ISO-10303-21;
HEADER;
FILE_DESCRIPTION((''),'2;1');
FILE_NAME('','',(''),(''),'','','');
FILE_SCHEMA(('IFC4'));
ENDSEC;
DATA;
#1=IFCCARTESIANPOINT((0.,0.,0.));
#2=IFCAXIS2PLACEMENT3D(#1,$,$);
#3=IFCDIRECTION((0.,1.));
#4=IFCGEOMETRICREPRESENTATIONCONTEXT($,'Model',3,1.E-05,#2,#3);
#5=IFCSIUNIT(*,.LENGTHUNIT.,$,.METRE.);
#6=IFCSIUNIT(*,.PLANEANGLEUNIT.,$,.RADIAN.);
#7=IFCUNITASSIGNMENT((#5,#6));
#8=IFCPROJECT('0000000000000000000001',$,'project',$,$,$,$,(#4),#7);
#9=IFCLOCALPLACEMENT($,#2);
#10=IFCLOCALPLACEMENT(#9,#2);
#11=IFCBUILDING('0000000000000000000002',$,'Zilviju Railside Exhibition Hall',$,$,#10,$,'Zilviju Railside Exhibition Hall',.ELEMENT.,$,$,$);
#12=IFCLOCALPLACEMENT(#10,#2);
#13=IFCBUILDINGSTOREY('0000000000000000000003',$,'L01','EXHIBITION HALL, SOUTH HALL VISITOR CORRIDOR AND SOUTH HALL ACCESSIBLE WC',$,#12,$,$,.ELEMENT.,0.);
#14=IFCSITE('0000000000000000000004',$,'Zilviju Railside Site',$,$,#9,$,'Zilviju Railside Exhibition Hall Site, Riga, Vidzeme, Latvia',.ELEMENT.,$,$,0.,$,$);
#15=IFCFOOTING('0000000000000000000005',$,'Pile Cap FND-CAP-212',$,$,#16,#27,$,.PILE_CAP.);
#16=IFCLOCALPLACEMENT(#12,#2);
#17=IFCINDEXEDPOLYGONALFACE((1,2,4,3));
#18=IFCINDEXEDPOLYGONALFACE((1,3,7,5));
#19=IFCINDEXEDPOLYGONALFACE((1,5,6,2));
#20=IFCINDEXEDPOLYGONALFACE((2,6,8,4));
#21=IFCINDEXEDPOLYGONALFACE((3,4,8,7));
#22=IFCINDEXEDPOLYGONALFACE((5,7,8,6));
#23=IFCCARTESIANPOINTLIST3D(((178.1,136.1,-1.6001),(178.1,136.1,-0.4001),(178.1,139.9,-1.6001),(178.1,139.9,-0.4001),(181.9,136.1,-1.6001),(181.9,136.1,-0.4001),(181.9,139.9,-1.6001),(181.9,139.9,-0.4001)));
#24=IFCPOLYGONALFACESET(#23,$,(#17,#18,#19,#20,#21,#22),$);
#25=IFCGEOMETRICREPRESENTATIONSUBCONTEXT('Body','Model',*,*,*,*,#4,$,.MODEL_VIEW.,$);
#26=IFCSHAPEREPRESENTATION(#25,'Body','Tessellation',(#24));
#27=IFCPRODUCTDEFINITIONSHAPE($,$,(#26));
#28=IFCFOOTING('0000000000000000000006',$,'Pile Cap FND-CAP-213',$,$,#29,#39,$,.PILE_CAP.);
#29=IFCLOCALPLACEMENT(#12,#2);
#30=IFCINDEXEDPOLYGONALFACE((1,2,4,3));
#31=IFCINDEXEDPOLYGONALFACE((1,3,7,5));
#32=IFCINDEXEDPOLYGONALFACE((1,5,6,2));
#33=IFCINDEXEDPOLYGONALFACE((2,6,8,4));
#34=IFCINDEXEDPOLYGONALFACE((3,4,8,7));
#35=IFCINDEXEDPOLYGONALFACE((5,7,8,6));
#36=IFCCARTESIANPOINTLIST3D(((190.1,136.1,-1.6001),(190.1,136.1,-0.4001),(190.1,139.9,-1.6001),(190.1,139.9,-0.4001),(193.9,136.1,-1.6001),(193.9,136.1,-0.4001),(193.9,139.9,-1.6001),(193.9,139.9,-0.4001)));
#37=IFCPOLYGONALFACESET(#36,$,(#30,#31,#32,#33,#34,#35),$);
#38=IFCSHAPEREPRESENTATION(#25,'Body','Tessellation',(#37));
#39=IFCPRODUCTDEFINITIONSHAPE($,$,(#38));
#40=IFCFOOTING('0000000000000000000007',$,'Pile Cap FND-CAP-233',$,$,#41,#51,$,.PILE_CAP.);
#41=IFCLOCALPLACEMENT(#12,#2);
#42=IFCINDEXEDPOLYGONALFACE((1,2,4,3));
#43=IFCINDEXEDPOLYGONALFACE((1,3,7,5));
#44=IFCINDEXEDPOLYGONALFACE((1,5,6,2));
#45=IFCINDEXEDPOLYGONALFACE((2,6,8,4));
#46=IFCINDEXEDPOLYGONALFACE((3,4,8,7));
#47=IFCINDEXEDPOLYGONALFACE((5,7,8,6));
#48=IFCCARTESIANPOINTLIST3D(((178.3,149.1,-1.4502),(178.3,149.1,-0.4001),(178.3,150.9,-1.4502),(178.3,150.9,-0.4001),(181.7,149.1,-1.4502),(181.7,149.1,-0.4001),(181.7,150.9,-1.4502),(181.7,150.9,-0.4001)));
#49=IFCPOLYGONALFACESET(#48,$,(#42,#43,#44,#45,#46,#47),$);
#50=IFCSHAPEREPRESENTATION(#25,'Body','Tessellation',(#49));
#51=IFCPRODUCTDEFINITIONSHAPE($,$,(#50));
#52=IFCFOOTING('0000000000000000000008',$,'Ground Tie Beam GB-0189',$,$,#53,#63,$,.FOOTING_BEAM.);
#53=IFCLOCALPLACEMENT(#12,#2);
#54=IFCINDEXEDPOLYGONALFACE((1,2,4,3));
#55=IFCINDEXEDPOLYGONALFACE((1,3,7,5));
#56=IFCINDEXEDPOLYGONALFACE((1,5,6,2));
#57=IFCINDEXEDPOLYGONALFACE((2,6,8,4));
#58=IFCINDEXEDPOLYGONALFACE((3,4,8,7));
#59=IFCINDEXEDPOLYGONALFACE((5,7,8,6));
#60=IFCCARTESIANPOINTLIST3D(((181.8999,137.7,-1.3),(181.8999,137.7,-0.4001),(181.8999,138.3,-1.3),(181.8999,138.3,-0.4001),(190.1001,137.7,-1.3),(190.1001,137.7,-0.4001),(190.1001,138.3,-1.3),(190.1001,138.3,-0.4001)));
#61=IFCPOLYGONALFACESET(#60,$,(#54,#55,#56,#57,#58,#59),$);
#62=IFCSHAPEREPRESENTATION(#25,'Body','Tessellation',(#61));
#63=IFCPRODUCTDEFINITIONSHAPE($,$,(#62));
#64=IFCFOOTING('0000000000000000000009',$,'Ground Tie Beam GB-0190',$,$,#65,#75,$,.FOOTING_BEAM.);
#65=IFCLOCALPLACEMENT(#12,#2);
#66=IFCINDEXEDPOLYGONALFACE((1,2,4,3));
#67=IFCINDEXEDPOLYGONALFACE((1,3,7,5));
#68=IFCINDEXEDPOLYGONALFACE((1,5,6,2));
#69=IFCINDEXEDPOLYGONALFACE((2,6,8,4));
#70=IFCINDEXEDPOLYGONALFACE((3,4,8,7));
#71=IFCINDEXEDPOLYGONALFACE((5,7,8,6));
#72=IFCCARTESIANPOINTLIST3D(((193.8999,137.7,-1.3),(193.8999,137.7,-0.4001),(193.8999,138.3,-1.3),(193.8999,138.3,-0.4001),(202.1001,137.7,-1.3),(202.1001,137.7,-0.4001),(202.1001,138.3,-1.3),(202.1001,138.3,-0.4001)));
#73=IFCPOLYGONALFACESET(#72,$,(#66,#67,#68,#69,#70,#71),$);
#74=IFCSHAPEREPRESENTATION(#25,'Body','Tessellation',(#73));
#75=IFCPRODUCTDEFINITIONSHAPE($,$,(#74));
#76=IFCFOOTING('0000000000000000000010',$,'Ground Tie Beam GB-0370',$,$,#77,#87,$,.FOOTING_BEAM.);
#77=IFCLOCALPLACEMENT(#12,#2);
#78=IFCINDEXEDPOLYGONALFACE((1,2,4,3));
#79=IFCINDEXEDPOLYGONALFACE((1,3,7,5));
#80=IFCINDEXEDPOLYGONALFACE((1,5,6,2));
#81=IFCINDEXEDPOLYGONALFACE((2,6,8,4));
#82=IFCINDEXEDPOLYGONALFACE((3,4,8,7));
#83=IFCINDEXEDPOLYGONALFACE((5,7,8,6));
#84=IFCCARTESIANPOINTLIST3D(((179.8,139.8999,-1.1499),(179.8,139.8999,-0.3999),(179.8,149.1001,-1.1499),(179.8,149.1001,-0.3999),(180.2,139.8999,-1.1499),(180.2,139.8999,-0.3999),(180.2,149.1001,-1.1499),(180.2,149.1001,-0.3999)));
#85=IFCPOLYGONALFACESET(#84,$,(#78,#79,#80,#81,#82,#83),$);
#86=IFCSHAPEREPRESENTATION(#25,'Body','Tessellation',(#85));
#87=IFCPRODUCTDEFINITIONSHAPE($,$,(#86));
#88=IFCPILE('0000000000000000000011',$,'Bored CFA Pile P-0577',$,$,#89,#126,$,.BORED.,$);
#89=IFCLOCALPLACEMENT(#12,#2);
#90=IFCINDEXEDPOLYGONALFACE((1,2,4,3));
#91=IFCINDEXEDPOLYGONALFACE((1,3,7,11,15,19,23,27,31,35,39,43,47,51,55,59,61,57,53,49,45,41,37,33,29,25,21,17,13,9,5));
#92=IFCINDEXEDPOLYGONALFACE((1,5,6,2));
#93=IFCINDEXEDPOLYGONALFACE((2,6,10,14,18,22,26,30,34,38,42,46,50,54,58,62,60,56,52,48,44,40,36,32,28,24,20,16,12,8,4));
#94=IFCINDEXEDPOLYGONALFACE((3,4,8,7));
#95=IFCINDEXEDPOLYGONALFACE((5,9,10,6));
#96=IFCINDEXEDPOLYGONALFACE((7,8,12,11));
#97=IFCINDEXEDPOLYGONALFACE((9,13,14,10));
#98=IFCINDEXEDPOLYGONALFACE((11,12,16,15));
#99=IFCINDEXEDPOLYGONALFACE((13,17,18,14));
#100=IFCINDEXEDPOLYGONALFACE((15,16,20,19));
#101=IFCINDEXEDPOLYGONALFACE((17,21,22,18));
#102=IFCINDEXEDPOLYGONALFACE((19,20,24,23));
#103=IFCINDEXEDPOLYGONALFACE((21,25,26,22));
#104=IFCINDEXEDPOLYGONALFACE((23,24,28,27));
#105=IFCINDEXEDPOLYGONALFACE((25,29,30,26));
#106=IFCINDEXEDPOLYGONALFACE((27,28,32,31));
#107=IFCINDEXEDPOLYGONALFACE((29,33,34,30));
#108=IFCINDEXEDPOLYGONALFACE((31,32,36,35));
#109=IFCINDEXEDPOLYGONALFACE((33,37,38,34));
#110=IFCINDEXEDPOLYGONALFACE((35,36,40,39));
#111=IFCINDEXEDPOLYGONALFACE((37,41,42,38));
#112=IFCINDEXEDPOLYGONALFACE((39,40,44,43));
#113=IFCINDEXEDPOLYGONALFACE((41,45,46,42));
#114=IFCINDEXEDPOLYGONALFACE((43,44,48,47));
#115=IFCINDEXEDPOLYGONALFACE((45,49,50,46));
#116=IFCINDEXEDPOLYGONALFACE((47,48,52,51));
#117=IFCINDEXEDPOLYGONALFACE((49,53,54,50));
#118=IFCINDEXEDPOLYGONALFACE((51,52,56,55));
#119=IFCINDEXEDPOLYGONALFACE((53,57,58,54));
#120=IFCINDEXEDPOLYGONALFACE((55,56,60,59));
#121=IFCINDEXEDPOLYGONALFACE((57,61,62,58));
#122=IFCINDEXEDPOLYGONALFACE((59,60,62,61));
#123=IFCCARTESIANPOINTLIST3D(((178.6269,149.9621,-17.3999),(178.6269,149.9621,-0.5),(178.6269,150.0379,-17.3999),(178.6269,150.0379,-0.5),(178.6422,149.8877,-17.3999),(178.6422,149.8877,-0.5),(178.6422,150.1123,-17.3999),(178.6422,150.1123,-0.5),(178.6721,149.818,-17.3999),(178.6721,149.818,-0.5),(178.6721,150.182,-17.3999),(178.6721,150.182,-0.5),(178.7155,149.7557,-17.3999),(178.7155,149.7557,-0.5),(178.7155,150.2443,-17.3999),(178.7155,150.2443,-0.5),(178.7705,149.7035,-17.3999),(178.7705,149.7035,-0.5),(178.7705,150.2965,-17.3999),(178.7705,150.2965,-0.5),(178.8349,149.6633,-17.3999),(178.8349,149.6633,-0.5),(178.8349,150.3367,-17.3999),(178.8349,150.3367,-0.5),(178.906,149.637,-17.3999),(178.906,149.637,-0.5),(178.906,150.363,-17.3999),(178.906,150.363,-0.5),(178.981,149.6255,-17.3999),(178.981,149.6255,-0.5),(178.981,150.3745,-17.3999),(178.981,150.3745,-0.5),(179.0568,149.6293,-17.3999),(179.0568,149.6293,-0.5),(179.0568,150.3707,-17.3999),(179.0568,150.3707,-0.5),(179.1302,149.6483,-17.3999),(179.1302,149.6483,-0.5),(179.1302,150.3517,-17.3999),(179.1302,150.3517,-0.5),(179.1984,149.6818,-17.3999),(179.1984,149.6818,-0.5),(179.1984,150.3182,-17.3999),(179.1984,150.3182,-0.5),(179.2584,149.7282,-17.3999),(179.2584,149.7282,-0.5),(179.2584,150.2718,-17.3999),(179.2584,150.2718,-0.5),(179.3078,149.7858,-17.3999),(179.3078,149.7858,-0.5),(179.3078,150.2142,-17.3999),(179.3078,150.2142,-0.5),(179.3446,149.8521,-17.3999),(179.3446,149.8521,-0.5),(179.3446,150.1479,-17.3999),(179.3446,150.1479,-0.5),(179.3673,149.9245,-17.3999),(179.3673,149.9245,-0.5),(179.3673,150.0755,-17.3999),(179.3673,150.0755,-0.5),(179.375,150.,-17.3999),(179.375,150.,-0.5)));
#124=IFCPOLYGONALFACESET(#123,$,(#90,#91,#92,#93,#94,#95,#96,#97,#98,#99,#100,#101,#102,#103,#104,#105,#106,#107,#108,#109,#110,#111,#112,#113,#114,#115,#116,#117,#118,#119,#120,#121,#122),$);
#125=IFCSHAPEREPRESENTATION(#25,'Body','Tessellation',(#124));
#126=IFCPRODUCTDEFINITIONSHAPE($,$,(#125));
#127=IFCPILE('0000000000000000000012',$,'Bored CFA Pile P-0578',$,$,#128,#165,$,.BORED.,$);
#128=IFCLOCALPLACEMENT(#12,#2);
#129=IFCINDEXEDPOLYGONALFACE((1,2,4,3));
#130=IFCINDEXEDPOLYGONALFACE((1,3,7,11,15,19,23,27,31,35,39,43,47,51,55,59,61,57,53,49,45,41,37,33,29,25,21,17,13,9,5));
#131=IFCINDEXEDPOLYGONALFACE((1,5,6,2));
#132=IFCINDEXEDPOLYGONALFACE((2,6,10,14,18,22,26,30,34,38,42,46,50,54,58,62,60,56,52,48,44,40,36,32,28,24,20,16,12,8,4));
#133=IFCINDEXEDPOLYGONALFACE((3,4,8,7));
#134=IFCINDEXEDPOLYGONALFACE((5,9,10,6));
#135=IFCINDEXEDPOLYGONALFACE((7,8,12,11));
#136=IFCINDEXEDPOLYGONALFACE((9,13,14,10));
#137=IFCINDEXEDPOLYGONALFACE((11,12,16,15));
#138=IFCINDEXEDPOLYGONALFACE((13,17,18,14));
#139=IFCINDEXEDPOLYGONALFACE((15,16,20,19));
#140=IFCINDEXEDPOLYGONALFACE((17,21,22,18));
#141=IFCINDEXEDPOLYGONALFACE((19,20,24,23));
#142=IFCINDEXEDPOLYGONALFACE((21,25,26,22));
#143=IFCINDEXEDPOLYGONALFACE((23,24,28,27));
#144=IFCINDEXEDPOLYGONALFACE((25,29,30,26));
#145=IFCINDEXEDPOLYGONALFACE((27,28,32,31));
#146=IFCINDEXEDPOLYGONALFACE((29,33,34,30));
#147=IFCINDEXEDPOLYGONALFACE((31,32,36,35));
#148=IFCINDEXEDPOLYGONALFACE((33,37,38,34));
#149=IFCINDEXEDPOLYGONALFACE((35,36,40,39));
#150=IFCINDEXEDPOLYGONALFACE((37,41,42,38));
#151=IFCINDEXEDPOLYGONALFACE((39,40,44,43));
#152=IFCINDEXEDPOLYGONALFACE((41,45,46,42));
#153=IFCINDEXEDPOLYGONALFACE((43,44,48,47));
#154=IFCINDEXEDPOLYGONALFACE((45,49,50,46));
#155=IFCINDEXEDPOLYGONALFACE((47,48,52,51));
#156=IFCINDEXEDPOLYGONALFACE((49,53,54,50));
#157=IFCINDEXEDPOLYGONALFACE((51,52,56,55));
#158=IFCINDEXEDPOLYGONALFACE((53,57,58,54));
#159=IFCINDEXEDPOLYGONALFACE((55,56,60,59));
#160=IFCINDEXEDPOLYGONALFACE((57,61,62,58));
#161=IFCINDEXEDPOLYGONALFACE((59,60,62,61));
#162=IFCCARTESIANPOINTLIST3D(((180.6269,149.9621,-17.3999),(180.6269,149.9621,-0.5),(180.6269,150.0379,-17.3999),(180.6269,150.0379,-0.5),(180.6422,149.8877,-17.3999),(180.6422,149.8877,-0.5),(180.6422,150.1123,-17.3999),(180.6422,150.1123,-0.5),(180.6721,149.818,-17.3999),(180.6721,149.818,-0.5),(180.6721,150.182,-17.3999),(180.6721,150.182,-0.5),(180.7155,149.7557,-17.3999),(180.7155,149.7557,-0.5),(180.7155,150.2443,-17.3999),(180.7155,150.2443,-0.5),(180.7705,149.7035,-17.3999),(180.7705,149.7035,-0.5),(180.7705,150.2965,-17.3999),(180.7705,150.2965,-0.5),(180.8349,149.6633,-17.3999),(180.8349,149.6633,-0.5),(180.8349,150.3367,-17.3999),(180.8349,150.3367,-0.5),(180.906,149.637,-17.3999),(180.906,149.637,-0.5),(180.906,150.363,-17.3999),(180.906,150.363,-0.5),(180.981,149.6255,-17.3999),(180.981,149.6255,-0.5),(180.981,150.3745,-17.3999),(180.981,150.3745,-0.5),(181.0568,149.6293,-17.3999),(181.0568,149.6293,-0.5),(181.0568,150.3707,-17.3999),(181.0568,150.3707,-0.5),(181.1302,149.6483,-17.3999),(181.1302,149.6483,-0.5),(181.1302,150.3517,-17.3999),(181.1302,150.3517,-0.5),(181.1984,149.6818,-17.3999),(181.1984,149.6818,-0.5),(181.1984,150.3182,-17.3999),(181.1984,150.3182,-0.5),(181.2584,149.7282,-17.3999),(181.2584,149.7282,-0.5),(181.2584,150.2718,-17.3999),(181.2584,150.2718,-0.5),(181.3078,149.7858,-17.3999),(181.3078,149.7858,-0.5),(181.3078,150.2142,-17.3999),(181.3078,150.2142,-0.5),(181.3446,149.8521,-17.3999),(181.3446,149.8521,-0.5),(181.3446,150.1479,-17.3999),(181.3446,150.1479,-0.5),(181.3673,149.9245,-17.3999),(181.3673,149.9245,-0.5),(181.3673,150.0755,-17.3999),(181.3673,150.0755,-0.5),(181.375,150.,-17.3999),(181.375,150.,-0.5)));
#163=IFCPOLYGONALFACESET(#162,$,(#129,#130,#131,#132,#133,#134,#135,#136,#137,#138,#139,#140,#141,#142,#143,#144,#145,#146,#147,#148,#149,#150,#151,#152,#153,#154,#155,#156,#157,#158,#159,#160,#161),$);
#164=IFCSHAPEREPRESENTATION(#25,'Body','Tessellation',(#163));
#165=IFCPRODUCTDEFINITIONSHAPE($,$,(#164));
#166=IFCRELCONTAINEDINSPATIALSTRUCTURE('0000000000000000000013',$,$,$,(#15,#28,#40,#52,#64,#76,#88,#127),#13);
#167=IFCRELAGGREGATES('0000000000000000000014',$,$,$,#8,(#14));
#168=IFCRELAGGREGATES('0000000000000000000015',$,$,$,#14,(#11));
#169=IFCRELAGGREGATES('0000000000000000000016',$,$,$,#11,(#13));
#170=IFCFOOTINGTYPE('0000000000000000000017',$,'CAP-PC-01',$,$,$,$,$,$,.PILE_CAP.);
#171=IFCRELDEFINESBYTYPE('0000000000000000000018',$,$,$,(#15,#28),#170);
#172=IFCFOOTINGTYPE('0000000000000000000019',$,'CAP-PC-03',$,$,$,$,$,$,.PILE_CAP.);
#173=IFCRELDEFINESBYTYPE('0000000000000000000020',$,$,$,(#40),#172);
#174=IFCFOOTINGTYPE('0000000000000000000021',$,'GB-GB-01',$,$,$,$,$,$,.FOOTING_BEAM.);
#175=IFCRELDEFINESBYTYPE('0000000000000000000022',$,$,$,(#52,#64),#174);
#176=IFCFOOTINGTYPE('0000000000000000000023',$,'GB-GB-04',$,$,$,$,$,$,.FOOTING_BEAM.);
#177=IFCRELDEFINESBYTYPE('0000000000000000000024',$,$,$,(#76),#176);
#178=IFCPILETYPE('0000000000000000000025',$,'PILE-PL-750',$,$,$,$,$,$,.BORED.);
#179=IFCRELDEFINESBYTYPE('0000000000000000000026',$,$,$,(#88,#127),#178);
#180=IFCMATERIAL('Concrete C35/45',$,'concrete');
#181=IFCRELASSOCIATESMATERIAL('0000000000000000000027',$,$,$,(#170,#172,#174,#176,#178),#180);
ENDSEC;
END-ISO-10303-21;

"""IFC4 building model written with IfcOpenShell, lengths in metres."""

from ifc_helpers import new_model, si_unit, direction, frame, origin, origin_2d, place, context, subcontext, project, spatial, rectangle, circle, extrude, material, material_profile, profile_set, type_object, element, save


model = new_model("IFC4")

# Units and contexts
model_context = context("Model", 3, precision=1e-05, world=origin(), true_north=direction((0.0, 1.0)))
body_context = subcontext(model_context, "Body", "Model", "MODEL_VIEW")
ifc_project = project(units=[si_unit("LENGTHUNIT", "METRE"), si_unit("PLANEANGLEUNIT", "RADIAN")], contexts=[model_context])

# Site, building, storey
site_placement = place(None, origin())
site = spatial("IfcSite", under=ifc_project, at=site_placement, Name="Zilviju Railside Site", LongName="Zilviju Railside Exhibition Hall Site, Riga, Vidzeme, Latvia", CompositionType="ELEMENT", RefElevation=0.0)
building_placement = place(site_placement, origin())
building = spatial("IfcBuilding", under=site, at=building_placement, Name="Zilviju Railside Exhibition Hall", LongName="Zilviju Railside Exhibition Hall", CompositionType="ELEMENT")
storey_placement = place(building_placement, origin())
storey = spatial("IfcBuildingStorey", under=building, at=storey_placement, Name="L01", Description="EXHIBITION HALL, SOUTH HALL VISITOR CORRIDOR AND SOUTH HALL ACCESSIBLE WC", CompositionType="ELEMENT", Elevation=0.0)

# Footings
ifc_material_1 = material(Name="Concrete C35/45", Category="concrete")
footing_type_1 = type_object("IfcFootingType", Name="CAP-PC-01", PredefinedType="PILE_CAP", material=ifc_material_1)
for number, where, z_axis, x_axis, name in (
    (1, (180.0, 138.0, -1.6001), (0.0, 0.0, 1.0), (1.0, 0.0, 0.0), "Pile Cap FND-CAP-212"),
    (2, (192.0, 138.0, -1.6001), (0.0, 0.0, 1.0), (1.0, 0.0, 0.0), "Pile Cap FND-CAP-213"),
):
    element("IfcFooting", number, at=place(storey_placement, frame(where, z_axis=z_axis, x_axis=x_axis)), inside=storey, type_object=footing_type_1, Name=name, PredefinedType="PILE_CAP", context=body_context, shape_type="SweptSolid", body=[
        extrude(rectangle(XDim=3.8, YDim=3.8, at=origin_2d()), origin(), (0.0, 0.0, 1.0), 1.2),
    ])
footing_type_2 = type_object("IfcFootingType", Name="CAP-PC-03", PredefinedType="PILE_CAP", material=ifc_material_1)
footing_1_placement = place(storey_placement, frame((180.0, 150.0, -1.4502), z_axis=(0.0, 0.0, 1.0), x_axis=(1.0, 0.0, 0.0)))
element("IfcFooting", 3, at=footing_1_placement, inside=storey, type_object=footing_type_2, Name="Pile Cap FND-CAP-233", PredefinedType="PILE_CAP", context=body_context, shape_type="SweptSolid", body=[
    extrude(rectangle(XDim=3.3999, YDim=1.8, at=origin_2d()), origin(), (0.0, 0.0, 1.0), 1.05),
])
ifc_material_profile_1 = material_profile(ifc_material_1, rectangle(XDim=0.6001, YDim=0.8999, at=origin_2d()), Name="TIE BEAM 600x900")
ifc_profile_set_1 = profile_set([ifc_material_profile_1], Name="Concrete C35/45")
footing_type_3 = type_object("IfcFootingType", Name="GB-GB-01", PredefinedType="FOOTING_BEAM", material=ifc_profile_set_1)
for number, where, z_axis, x_axis, name in (
    (4, (181.8999, 138.0, -0.8501), (1.0, 0.0, 0.0), (0.0, 1.0, 0.0), "Ground Tie Beam GB-0189"),
    (5, (193.8999, 138.0, -0.8501), (1.0, 0.0, 0.0), (0.0, 1.0, 0.0), "Ground Tie Beam GB-0190"),
):
    element("IfcFooting", number, at=place(storey_placement, frame(where, z_axis=z_axis, x_axis=x_axis)), inside=storey, type_object=footing_type_3, Name=name, PredefinedType="FOOTING_BEAM", context=body_context, shape_type="SweptSolid", body=[
        extrude(rectangle(XDim=0.6001, YDim=0.8999, at=origin_2d()), origin(), (0.0, 0.0, 1.0), 8.2002),
    ])
ifc_material_profile_2 = material_profile(ifc_material_1, rectangle(XDim=0.3999, YDim=0.75, at=origin_2d()), Name="TIE BEAM 400x750")
ifc_profile_set_2 = profile_set([ifc_material_profile_2], Name="Concrete C35/45")
footing_type_4 = type_object("IfcFootingType", Name="GB-GB-04", PredefinedType="FOOTING_BEAM", material=ifc_profile_set_2)
footing_2_placement = place(storey_placement, frame((180.0, 139.8999, -0.7749), z_axis=(0.0, 1.0, 0.0), x_axis=(-1.0, 0.0, 0.0)))
element("IfcFooting", 6, at=footing_2_placement, inside=storey, type_object=footing_type_4, Name="Ground Tie Beam GB-0370", PredefinedType="FOOTING_BEAM", context=body_context, shape_type="SweptSolid", body=[
    extrude(rectangle(XDim=0.3999, YDim=0.75, at=origin_2d()), origin(), (0.0, 0.0, 1.0), 9.2002),
])

# Piles
ifc_material_profile_3 = material_profile(ifc_material_1, circle(Radius=0.375, at=origin_2d()), Name="CFA PILE D750")
ifc_profile_set_3 = profile_set([ifc_material_profile_3], Name="Concrete C35/45")
pile_type_1 = type_object("IfcPileType", Name="PILE-PL-750", PredefinedType="BORED", material=ifc_profile_set_3)
for number, where, z_axis, x_axis, name in (
    (7, (179.0, 150.0, -0.5), (0.0, 0.0, -1.0), (1.0, 0.0, 0.0), "Bored CFA Pile P-0577"),
    (8, (181.0, 150.0, -0.5), (0.0, 0.0, -1.0), (1.0, 0.0, 0.0), "Bored CFA Pile P-0578"),
):
    element("IfcPile", number, at=place(storey_placement, frame(where, z_axis=z_axis, x_axis=x_axis)), inside=storey, type_object=pile_type_1, Name=name, PredefinedType="BORED", context=body_context, shape_type="SweptSolid", body=[
        extrude(circle(Radius=0.375, at=origin_2d()), origin(), (0.0, 0.0, 1.0), 16.8999),
    ])

save(model, "model.ifc")
